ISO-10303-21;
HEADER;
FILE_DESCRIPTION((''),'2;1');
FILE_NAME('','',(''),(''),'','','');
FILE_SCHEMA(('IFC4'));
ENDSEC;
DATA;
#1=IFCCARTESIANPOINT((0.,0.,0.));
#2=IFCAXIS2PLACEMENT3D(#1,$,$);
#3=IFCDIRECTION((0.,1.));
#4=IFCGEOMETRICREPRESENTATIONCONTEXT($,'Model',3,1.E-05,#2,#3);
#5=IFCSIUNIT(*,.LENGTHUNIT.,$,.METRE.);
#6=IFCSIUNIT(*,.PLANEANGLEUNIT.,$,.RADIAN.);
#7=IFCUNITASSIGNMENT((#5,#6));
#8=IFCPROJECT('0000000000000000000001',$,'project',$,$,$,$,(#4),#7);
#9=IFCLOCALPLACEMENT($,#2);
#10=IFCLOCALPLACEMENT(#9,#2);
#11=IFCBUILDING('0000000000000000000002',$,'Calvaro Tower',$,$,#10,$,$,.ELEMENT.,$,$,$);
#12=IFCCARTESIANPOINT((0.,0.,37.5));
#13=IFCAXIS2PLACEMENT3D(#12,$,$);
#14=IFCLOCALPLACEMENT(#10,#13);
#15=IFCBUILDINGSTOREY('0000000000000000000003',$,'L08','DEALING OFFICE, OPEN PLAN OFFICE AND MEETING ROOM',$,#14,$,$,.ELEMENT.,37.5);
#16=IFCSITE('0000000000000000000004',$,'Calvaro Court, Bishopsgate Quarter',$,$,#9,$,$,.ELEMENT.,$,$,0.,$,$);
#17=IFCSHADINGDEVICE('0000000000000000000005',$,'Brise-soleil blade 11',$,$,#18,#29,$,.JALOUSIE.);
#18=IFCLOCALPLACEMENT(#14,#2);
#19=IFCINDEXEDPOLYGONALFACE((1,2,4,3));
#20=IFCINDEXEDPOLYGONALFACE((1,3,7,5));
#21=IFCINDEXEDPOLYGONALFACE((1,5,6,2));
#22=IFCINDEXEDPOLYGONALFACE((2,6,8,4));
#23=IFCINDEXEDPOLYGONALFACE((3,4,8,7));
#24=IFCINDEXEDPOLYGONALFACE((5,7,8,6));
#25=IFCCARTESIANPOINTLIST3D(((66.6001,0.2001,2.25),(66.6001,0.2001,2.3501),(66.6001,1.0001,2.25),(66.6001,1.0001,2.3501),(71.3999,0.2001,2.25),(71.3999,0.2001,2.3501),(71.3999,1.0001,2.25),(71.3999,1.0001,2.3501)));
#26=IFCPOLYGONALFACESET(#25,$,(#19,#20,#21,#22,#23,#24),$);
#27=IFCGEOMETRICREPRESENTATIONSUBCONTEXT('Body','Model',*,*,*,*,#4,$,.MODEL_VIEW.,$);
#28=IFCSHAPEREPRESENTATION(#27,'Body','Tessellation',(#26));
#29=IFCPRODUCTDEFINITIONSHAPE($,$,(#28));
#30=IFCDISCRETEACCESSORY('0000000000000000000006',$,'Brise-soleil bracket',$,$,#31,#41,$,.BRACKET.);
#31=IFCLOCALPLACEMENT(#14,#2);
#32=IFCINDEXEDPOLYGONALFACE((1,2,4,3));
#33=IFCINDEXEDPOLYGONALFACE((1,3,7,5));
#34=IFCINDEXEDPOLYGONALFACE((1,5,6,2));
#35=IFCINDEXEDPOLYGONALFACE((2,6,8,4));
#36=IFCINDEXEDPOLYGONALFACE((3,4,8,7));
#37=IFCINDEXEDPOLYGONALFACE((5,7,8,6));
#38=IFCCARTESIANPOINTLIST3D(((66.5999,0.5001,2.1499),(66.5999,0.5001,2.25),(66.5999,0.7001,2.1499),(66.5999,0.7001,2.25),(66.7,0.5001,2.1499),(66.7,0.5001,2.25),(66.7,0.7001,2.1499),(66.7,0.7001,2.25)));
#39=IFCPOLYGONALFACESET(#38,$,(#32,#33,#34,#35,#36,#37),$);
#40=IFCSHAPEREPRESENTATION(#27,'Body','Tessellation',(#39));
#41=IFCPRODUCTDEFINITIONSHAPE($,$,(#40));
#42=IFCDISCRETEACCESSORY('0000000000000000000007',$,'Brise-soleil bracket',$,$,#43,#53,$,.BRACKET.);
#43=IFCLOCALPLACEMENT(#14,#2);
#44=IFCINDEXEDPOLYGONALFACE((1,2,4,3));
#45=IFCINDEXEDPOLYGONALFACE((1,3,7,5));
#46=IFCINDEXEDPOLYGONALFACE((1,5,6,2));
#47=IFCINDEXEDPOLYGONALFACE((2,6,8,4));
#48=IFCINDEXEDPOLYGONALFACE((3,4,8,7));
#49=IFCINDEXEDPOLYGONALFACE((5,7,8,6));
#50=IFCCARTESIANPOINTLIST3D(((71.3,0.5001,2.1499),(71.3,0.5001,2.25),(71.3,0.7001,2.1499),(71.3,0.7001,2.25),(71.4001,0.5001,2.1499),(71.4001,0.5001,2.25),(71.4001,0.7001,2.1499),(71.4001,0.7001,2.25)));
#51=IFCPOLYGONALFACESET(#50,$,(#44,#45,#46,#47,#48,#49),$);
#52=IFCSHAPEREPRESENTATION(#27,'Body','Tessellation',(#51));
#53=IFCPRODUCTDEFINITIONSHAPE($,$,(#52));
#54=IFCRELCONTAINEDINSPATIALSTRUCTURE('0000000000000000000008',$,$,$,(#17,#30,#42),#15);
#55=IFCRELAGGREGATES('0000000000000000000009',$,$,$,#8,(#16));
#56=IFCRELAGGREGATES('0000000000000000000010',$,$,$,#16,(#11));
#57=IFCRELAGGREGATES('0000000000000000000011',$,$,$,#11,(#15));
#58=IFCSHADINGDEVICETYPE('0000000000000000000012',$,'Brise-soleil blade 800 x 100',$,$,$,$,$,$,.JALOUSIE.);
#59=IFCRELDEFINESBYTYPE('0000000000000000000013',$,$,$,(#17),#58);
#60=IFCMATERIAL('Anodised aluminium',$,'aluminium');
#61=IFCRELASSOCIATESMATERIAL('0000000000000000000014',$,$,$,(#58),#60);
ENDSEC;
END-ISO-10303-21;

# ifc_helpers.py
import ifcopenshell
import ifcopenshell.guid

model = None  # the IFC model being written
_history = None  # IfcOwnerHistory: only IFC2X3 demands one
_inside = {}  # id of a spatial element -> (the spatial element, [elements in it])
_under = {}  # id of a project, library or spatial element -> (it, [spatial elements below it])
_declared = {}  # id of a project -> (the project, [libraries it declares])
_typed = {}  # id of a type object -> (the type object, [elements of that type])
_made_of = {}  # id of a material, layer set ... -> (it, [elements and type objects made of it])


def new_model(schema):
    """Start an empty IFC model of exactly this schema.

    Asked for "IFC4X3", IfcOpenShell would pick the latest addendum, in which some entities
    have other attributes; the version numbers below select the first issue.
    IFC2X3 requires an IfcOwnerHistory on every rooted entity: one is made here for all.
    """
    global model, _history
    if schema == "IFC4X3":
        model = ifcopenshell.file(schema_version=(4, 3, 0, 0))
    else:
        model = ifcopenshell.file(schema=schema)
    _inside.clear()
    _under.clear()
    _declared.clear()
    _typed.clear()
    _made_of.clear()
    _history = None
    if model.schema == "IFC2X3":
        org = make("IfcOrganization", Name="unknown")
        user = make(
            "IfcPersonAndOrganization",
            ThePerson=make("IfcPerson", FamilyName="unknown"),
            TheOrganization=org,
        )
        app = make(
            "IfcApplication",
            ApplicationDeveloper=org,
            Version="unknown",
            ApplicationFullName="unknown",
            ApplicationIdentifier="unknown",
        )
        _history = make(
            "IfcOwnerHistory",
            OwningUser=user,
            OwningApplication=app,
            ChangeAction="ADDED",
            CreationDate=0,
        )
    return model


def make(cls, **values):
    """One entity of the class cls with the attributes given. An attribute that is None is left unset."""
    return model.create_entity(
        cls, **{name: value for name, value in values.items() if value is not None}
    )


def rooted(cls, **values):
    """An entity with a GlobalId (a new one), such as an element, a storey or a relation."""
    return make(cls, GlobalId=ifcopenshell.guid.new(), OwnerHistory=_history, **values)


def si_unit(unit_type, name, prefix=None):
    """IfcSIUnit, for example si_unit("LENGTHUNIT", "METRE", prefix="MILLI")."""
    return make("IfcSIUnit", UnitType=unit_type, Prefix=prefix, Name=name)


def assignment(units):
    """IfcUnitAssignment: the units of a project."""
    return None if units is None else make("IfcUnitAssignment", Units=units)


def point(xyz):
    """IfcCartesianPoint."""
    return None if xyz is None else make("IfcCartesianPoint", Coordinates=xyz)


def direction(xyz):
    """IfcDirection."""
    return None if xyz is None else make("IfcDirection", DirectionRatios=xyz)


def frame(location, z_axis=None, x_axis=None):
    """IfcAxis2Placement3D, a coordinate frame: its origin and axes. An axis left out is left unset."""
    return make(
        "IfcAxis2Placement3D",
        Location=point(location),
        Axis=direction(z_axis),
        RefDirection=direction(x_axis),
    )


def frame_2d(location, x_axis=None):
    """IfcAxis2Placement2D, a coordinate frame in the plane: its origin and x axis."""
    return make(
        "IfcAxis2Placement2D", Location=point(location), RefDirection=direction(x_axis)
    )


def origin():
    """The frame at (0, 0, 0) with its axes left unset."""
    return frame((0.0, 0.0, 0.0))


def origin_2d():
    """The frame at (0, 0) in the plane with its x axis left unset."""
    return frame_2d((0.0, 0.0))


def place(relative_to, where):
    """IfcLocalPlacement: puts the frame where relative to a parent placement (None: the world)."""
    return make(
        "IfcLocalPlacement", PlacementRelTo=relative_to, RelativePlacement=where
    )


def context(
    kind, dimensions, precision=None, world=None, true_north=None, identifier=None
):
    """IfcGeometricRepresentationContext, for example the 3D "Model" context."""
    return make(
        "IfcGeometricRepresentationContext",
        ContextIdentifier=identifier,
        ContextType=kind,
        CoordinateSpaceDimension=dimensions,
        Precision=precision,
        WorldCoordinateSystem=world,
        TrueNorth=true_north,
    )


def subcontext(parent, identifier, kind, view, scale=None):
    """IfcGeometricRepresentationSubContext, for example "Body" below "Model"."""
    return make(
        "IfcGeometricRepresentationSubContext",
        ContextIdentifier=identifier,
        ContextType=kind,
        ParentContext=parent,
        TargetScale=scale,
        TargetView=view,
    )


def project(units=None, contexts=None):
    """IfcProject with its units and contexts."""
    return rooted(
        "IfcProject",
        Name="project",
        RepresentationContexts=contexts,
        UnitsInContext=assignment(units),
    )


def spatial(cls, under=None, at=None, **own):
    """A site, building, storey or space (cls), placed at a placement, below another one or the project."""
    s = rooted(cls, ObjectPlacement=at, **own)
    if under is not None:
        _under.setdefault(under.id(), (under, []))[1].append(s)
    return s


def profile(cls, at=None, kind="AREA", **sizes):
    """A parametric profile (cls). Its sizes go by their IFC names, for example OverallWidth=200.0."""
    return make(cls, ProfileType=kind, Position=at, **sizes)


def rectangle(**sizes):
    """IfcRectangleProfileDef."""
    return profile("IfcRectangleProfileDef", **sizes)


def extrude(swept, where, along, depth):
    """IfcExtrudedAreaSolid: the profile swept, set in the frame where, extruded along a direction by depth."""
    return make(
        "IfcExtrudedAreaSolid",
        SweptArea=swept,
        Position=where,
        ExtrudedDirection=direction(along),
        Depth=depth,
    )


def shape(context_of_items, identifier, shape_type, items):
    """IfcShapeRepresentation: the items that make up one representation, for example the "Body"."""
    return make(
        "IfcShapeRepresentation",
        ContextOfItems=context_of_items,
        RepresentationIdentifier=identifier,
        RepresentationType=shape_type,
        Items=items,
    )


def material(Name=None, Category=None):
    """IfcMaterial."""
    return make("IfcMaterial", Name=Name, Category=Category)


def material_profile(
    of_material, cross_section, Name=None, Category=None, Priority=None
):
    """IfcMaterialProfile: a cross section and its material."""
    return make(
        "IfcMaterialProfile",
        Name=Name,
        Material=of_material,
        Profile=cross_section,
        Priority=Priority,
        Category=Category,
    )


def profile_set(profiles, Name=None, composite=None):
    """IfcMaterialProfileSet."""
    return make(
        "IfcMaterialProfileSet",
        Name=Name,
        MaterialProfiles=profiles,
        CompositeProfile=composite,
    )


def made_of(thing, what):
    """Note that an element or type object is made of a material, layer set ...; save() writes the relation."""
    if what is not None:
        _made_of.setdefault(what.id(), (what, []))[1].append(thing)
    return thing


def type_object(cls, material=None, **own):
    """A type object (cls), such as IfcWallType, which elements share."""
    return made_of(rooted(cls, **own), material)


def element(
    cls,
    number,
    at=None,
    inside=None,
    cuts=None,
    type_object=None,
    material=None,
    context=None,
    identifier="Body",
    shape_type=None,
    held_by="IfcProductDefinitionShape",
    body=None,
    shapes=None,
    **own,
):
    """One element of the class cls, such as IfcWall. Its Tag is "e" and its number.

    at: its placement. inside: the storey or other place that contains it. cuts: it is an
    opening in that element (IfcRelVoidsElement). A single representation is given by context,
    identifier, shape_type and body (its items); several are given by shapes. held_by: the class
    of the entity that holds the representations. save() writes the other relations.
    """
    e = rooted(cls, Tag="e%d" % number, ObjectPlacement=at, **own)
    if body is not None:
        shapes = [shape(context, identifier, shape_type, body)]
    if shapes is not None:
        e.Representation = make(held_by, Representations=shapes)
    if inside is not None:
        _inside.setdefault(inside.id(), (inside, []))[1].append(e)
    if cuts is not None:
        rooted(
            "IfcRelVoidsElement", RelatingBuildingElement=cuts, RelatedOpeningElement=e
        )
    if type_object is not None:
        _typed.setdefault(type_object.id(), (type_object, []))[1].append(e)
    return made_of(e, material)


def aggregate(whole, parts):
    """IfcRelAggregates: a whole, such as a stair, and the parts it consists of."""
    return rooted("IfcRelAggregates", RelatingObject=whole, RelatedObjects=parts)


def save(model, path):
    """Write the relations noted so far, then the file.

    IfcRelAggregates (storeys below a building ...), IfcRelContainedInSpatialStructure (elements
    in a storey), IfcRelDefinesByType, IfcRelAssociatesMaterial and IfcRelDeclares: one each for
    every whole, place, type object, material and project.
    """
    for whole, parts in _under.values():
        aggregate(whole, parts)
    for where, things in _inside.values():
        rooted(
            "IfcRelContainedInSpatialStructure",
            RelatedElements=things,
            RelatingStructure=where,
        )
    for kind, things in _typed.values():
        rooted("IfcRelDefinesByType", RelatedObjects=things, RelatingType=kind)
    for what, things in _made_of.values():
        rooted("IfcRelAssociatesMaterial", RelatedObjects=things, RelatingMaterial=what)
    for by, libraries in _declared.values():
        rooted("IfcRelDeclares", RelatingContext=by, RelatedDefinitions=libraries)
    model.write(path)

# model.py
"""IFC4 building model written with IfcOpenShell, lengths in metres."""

from ifc_helpers import new_model, si_unit, direction, frame, origin, origin_2d, place, context, subcontext, project, spatial, rectangle, extrude, material, material_profile, profile_set, type_object, element, save


model = new_model("IFC4")

# Units and contexts
model_context = context("Model", 3, precision=1e-05, world=origin(), true_north=direction((0.0, 1.0)))
body_context = subcontext(model_context, "Body", "Model", "MODEL_VIEW")
ifc_project = project(units=[si_unit("LENGTHUNIT", "METRE"), si_unit("PLANEANGLEUNIT", "RADIAN")], contexts=[model_context])

# Site, building, storey
site_placement = place(None, origin())
site = spatial("IfcSite", under=ifc_project, at=site_placement, Name="Calvaro Court, Bishopsgate Quarter", CompositionType="ELEMENT", RefElevation=0.0)
building_placement = place(site_placement, origin())
building = spatial("IfcBuilding", under=site, at=building_placement, Name="Calvaro Tower", CompositionType="ELEMENT")
storey_placement = place(building_placement, frame((0.0, 0.0, 37.5)))
storey = spatial("IfcBuildingStorey", under=building, at=storey_placement, Name="L08", Description="DEALING OFFICE, OPEN PLAN OFFICE AND MEETING ROOM", CompositionType="ELEMENT", Elevation=37.5)

# Shading device
ifc_material_1 = material(Name="Anodised aluminium", Category="aluminium")
ifc_material_profile_1 = material_profile(ifc_material_1, rectangle(XDim=0.8, YDim=0.1001, at=origin_2d()), Name="Brise-soleil blade 800 x 100")
ifc_profile_set_1 = profile_set([ifc_material_profile_1], Name="Anodised aluminium")
shading_device_type = type_object("IfcShadingDeviceType", Name="Brise-soleil blade 800 x 100", PredefinedType="JALOUSIE", material=ifc_profile_set_1)
shading_device_placement = place(storey_placement, frame((66.6001, 0.6001, 2.3), z_axis=(1.0, 0.0, 0.0), x_axis=(0.0, 1.0, 0.0)))
element("IfcShadingDevice", 1, at=shading_device_placement, inside=storey, type_object=shading_device_type, Name="Brise-soleil blade 11", PredefinedType="JALOUSIE", context=body_context, shape_type="SweptSolid", body=[
    extrude(rectangle(XDim=0.8, YDim=0.1001, at=origin_2d()), origin(), (0.0, 0.0, 1.0), 4.7998),
])

# Discrete accessories
for number, where, z_axis, x_axis, name in (
    (2, (66.6499, 0.6001, 2.1499), (0.0, 0.0, 1.0), (1.0, 0.0, 0.0), "Brise-soleil bracket"),
    (3, (71.3501, 0.6001, 2.1499), (0.0, 0.0, 1.0), (1.0, 0.0, 0.0), "Brise-soleil bracket"),
):
    element("IfcDiscreteAccessory", number, at=place(storey_placement, frame(where, z_axis=z_axis, x_axis=x_axis)), inside=storey, Name=name, PredefinedType="BRACKET", context=body_context, shape_type="SweptSolid", body=[
        extrude(rectangle(XDim=0.1001, YDim=0.2, at=origin_2d()), origin(), (0.0, 0.0, 1.0), 0.1001),
    ])

save(model, "model.ifc")
